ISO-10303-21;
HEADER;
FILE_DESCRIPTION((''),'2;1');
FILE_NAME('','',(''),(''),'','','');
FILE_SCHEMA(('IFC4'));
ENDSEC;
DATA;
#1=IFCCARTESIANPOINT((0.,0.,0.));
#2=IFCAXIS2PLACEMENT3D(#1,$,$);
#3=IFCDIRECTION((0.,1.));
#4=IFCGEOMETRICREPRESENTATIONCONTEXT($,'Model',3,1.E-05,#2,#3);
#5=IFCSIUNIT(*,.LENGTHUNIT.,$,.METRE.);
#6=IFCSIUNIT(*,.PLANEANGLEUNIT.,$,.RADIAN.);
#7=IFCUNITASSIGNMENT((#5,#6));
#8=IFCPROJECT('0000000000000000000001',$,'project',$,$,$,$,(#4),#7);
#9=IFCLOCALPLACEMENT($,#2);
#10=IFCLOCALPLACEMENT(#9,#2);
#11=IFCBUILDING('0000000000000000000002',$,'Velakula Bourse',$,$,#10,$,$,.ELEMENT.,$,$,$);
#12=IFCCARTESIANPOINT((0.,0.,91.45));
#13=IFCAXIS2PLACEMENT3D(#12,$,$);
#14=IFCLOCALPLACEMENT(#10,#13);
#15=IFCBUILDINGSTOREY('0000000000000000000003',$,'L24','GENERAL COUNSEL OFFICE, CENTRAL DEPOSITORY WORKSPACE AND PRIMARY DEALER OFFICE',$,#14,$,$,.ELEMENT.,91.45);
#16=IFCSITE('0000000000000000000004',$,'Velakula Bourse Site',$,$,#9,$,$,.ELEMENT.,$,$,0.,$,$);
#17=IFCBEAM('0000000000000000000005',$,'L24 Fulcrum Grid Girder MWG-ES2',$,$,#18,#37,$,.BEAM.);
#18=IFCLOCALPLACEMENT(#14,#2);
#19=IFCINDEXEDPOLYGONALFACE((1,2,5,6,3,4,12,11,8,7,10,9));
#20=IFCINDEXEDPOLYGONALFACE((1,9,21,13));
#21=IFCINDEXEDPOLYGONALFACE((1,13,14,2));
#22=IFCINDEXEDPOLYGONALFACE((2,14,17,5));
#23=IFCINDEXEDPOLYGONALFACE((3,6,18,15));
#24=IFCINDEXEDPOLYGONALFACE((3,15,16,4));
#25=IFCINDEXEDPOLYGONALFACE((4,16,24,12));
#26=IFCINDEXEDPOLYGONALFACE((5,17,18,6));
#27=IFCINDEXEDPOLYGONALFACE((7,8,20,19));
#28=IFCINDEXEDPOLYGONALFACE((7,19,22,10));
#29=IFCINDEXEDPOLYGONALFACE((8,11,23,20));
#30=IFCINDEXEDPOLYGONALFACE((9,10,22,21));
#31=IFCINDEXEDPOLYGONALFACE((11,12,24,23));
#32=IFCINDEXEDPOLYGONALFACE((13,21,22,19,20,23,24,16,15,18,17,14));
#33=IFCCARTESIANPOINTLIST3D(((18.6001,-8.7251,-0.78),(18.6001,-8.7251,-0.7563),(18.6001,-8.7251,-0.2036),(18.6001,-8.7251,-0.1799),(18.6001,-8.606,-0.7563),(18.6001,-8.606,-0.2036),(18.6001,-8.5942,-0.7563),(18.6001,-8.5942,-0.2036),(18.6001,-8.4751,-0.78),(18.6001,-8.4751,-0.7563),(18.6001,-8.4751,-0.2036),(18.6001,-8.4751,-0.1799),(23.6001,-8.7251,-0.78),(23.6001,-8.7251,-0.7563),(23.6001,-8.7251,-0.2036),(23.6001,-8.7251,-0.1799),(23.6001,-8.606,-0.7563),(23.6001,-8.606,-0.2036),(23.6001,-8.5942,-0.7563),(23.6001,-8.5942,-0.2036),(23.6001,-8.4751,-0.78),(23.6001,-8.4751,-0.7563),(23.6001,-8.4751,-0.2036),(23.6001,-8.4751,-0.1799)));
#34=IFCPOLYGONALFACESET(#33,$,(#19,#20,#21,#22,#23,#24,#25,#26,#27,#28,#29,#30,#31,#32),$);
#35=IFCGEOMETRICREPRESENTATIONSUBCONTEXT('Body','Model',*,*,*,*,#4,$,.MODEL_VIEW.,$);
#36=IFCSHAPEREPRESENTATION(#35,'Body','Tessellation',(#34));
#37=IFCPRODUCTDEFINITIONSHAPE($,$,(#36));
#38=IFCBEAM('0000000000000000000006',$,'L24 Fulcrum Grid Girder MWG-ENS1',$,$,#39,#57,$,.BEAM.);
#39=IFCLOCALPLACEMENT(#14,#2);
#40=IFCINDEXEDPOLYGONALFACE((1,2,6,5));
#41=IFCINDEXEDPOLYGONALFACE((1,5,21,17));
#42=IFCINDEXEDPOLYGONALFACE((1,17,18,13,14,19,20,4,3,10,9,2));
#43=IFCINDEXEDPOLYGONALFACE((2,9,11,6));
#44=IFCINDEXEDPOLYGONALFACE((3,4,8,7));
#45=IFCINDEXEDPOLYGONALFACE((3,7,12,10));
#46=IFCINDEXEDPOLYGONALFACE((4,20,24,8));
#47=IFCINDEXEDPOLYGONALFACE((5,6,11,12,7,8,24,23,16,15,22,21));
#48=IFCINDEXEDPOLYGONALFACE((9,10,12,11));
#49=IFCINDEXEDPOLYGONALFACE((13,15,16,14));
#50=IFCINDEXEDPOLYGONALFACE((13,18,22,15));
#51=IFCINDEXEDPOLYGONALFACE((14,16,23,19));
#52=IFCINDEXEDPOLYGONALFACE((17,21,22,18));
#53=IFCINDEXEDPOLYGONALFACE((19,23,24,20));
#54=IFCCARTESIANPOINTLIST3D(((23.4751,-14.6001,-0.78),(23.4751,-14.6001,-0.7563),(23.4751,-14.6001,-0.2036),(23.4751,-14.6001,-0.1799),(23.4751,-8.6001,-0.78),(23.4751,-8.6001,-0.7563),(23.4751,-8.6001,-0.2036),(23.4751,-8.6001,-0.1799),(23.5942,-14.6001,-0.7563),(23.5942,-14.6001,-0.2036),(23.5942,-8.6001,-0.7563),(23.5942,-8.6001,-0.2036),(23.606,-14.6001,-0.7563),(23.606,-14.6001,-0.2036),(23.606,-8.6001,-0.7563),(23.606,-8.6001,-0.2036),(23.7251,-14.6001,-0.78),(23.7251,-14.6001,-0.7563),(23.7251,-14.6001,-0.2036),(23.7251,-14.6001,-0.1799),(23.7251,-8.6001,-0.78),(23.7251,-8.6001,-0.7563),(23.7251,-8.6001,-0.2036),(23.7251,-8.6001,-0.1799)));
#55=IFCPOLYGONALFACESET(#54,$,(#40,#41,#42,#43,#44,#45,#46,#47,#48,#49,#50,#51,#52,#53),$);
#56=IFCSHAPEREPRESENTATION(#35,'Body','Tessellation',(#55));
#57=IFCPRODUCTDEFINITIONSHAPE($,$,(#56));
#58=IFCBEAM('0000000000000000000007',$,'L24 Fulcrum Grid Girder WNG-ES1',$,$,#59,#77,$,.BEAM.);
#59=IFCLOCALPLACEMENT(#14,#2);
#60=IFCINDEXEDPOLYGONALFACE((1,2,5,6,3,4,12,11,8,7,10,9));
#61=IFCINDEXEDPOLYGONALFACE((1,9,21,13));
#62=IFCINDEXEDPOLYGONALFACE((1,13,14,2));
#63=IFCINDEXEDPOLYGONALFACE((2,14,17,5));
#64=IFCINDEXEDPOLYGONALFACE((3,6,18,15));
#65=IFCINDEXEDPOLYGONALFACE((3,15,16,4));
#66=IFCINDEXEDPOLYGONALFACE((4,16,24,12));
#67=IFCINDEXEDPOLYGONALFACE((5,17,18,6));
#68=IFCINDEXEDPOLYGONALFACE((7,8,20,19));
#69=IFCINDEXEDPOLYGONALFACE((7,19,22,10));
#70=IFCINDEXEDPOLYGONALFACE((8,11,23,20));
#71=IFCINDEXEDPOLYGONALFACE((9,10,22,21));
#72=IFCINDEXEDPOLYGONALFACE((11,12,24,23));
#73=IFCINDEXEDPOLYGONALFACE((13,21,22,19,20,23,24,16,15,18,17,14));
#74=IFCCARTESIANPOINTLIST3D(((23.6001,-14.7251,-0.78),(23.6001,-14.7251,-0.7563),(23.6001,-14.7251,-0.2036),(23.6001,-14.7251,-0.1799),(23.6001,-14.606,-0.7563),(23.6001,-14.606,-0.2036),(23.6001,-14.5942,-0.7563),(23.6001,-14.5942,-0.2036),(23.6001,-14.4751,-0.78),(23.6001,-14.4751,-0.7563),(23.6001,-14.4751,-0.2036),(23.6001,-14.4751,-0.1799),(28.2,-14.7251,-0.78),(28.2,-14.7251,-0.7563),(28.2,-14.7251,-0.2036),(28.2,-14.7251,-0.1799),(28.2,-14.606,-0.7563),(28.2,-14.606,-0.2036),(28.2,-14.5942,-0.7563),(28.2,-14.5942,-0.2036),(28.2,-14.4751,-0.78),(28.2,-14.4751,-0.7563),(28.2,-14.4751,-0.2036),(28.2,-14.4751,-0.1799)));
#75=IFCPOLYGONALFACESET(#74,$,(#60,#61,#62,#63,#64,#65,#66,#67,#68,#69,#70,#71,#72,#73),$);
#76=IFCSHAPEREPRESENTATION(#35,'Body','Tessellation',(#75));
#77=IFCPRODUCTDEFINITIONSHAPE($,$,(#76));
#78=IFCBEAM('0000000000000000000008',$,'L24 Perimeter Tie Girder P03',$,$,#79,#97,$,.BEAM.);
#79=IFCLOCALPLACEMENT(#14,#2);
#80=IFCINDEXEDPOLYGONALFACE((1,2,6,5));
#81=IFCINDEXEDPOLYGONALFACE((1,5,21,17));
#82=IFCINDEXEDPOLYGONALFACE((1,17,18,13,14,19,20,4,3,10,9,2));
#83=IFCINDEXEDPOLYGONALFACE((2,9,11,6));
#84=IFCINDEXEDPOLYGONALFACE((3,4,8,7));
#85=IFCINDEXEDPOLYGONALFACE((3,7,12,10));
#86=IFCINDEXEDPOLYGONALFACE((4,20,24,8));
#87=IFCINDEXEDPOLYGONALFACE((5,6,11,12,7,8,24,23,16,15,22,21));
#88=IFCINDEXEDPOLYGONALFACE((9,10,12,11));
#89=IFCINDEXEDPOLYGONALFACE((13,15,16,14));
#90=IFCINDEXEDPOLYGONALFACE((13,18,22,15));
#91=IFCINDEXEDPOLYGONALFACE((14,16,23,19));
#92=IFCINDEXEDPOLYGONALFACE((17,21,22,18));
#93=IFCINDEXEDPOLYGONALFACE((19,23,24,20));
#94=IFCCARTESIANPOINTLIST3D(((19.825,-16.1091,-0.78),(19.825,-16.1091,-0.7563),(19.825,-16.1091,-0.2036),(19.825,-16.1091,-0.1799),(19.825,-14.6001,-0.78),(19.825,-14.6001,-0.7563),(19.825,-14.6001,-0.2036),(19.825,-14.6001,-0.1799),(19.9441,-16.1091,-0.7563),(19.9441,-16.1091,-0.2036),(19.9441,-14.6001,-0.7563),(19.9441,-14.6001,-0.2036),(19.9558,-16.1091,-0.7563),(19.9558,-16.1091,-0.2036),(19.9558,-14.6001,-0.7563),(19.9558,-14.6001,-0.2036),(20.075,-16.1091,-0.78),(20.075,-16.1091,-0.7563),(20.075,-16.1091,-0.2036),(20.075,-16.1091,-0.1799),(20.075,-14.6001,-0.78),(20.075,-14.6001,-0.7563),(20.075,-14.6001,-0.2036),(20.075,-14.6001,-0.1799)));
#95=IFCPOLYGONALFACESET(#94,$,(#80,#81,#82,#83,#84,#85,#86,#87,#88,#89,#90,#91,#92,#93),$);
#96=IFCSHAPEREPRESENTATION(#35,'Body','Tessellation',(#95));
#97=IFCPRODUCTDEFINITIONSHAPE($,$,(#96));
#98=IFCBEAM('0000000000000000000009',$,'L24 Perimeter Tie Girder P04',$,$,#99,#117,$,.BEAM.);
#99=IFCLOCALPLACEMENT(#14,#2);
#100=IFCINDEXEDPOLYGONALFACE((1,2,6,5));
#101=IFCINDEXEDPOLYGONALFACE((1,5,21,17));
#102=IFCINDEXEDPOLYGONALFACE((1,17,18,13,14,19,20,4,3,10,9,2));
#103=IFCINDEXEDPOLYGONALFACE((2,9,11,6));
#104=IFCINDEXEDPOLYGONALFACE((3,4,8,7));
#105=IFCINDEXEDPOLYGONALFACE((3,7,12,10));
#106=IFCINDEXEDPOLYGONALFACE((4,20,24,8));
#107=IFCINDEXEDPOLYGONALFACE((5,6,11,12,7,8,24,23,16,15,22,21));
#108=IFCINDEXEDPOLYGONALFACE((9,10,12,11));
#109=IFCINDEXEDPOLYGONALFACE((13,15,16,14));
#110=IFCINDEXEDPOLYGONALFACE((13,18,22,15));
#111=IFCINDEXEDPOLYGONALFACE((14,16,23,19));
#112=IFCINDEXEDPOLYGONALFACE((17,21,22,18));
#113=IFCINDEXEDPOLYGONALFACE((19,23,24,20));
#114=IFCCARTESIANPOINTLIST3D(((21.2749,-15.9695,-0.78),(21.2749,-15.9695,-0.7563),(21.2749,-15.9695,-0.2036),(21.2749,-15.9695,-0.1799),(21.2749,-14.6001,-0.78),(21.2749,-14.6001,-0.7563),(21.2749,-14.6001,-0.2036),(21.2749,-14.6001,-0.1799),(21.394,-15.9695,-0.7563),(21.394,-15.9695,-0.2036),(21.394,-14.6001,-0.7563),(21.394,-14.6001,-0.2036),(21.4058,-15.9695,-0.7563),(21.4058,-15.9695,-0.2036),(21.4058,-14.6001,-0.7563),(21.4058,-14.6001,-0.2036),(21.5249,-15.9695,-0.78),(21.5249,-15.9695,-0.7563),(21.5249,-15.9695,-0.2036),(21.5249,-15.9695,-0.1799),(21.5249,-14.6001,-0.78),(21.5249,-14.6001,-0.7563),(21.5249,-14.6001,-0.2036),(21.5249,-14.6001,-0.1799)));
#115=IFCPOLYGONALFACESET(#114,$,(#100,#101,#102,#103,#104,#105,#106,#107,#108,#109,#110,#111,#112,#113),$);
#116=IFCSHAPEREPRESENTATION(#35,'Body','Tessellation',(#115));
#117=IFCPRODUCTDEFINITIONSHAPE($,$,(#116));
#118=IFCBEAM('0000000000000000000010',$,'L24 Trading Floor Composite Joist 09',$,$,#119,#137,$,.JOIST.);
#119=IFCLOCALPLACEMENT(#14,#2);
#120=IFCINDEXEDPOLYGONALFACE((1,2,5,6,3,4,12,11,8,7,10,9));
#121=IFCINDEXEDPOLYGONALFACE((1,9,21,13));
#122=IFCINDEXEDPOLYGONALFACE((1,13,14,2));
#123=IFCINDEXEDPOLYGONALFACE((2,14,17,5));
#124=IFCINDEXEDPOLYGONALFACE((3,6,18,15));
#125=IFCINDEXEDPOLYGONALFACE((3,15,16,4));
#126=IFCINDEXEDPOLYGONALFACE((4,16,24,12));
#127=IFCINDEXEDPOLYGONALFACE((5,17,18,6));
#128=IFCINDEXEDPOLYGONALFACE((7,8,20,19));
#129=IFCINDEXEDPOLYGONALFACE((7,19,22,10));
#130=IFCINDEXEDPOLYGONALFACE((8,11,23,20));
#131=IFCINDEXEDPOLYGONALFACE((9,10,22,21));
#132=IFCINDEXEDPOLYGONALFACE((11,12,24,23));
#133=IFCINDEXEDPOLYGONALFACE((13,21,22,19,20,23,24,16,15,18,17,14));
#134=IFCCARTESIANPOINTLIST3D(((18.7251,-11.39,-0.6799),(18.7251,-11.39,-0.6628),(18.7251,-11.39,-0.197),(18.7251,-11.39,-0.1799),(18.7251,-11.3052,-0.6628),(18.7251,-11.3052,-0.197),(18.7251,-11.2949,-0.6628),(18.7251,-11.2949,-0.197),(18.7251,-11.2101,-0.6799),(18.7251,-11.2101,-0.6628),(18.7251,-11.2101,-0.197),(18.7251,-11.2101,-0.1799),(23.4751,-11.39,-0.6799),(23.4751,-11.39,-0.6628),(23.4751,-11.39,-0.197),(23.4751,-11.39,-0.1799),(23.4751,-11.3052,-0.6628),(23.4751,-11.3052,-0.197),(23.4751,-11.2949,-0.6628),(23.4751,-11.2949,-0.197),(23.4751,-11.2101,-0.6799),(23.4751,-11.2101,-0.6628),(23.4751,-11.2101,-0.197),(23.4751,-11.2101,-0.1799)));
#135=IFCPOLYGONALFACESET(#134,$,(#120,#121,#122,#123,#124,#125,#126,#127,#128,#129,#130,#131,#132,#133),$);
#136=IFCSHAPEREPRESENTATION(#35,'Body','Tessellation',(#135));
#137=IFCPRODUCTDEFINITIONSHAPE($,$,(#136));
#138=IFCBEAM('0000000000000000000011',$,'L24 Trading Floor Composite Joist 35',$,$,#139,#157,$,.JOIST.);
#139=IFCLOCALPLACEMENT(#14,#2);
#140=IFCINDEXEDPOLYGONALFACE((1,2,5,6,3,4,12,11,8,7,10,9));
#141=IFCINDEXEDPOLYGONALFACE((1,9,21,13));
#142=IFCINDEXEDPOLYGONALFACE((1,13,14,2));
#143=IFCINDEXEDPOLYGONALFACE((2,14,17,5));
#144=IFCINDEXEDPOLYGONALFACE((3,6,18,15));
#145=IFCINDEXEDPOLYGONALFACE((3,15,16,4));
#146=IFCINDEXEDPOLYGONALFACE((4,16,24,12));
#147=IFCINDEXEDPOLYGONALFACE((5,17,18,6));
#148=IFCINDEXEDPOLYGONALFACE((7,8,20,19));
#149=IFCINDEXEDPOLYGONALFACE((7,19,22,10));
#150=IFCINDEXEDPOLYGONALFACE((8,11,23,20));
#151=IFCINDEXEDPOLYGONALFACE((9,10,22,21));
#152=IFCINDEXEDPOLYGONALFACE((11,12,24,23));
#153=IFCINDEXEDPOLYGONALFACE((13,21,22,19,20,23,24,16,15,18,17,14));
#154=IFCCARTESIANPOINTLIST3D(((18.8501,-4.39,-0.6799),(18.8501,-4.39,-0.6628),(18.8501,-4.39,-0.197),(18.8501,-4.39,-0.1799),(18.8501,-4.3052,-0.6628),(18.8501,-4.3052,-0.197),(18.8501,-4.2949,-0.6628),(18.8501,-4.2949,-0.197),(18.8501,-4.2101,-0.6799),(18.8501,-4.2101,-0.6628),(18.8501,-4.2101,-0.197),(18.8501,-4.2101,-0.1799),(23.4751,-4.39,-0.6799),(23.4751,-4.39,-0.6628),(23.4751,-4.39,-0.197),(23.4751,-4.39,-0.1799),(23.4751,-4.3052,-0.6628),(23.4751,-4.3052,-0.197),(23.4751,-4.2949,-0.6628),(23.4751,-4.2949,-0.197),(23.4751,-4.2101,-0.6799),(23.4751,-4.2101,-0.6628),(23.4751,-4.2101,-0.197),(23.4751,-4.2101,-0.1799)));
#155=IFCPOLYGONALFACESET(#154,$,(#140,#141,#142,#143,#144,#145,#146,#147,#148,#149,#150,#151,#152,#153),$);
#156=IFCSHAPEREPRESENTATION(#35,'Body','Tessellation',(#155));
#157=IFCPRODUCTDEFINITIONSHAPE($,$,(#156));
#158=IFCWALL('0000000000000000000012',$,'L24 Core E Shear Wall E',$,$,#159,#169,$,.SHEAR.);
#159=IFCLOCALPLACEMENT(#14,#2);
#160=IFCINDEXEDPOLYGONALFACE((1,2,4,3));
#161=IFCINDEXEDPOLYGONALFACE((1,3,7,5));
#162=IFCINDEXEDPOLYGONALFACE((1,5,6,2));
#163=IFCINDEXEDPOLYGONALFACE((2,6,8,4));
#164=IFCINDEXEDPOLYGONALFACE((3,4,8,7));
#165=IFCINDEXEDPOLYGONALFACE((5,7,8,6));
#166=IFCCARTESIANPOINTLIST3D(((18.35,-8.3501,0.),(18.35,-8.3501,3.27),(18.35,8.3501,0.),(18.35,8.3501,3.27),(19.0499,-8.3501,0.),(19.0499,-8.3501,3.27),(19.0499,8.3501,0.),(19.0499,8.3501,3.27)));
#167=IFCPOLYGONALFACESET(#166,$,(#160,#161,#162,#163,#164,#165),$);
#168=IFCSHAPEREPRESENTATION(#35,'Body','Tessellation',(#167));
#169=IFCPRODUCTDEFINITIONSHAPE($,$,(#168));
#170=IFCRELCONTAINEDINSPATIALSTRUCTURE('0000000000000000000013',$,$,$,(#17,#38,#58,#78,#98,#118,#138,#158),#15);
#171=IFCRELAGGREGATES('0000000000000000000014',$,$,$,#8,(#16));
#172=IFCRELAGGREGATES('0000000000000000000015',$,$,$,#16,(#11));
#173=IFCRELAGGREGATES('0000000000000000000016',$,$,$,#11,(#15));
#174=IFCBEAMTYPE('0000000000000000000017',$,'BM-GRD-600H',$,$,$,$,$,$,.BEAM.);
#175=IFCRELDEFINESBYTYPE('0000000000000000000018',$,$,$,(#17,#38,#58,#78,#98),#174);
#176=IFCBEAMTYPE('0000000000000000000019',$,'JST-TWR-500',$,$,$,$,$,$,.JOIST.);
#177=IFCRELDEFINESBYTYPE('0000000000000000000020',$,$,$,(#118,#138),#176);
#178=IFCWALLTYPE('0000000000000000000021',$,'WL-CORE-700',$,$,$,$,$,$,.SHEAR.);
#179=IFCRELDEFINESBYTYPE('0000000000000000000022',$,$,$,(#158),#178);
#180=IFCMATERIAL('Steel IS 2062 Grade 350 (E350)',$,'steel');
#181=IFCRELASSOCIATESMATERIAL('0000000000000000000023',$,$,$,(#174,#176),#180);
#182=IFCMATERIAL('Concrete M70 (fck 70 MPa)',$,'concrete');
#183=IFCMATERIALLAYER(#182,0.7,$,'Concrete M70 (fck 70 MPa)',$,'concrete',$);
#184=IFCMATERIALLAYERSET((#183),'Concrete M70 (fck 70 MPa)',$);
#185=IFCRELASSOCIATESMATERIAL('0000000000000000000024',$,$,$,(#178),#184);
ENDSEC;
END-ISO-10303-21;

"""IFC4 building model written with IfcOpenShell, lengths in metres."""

from ifc_helpers import new_model, si_unit, direction, frame, frame_2d, origin, origin_2d, place, context, subcontext, project, spatial, rectangle, i_section, extrude, material, layer, layer_set, material_profile, profile_set, type_object, element, save


model = new_model("IFC4")

# Units and contexts
model_context = context("Model", 3, precision=1e-05, world=origin(), true_north=direction((0.0, 1.0)))
body_context = subcontext(model_context, "Body", "Model", "MODEL_VIEW")
ifc_project = project(units=[si_unit("LENGTHUNIT", "METRE"), si_unit("PLANEANGLEUNIT", "RADIAN")], contexts=[model_context])

# Site, building, storey
site_placement = place(None, origin())
site = spatial("IfcSite", under=ifc_project, at=site_placement, Name="Velakula Bourse Site", CompositionType="ELEMENT", RefElevation=0.0)
building_placement = place(site_placement, origin())
building = spatial("IfcBuilding", under=site, at=building_placement, Name="Velakula Bourse", CompositionType="ELEMENT")
storey_placement = place(building_placement, frame((0.0, 0.0, 91.45)))
storey = spatial("IfcBuildingStorey", under=building, at=storey_placement, Name="L24", Description="GENERAL COUNSEL OFFICE, CENTRAL DEPOSITORY WORKSPACE AND PRIMARY DEALER OFFICE", CompositionType="ELEMENT", Elevation=91.45)

# Shared definitions
ifc_material_1 = material(Name="Concrete M70 (fck 70 MPa)", Category="concrete")

# Beams
ifc_material_2 = material(Name="Steel IS 2062 Grade 350 (E350)", Category="steel")
ifc_material_profile_1 = material_profile(ifc_material_2, i_section(OverallWidth=0.25, OverallDepth=0.6001, WebThickness=0.0117, FlangeThickness=0.0237, at=origin_2d()), Name="Steel IS 2062 Grade 350 (E350)")
ifc_profile_set_1 = profile_set([ifc_material_profile_1], Name="Steel IS 2062 Grade 350 (E350)")
beam_type_1 = type_object("IfcBeamType", Name="BM-GRD-600H", PredefinedType="BEAM", material=ifc_profile_set_1)
beam_1_placement = place(storey_placement, frame((18.6001, -8.6001, -0.48), z_axis=(1.0, 0.0, 0.0), x_axis=(0.0, 1.0, 0.0)))
element("IfcBeam", 1, at=beam_1_placement, inside=storey, type_object=beam_type_1, Name="L24 Fulcrum Grid Girder MWG-ES2", PredefinedType="BEAM", context=body_context, shape_type="SweptSolid", body=[
    extrude(i_section(OverallWidth=0.25, OverallDepth=0.6001, WebThickness=0.0117, FlangeThickness=0.0237, at=origin_2d()), origin(), (0.0, 0.0, 1.0), 5.0),
])
beam_2_placement = place(storey_placement, frame((23.6001, -14.6001, -0.48), z_axis=(0.0, 1.0, 0.0), x_axis=(-1.0, 0.0, 0.0)))
element("IfcBeam", 2, at=beam_2_placement, inside=storey, type_object=beam_type_1, Name="L24 Fulcrum Grid Girder MWG-ENS1", PredefinedType="BEAM", context=body_context, shape_type="SweptSolid", body=[
    extrude(i_section(OverallWidth=0.25, OverallDepth=0.6001, WebThickness=0.0117, FlangeThickness=0.0237, at=origin_2d()), origin(), (0.0, 0.0, 1.0), 6.0),
])
beam_3_placement = place(storey_placement, frame((23.6001, -14.6001, -0.48), z_axis=(1.0, 0.0, 0.0), x_axis=(0.0, 1.0, 0.0)))
element("IfcBeam", 3, at=beam_3_placement, inside=storey, type_object=beam_type_1, Name="L24 Fulcrum Grid Girder WNG-ES1", PredefinedType="BEAM", context=body_context, shape_type="SweptSolid", body=[
    extrude(i_section(OverallWidth=0.25, OverallDepth=0.6001, WebThickness=0.0117, FlangeThickness=0.0237, at=origin_2d()), origin(), (0.0, 0.0, 1.0), 4.5999),
])
beam_4_placement = place(storey_placement, frame((19.95, -14.6001, -0.48), z_axis=(0.0, -1.0, 0.0), x_axis=(1.0, 0.0, 0.0)))
element("IfcBeam", 4, at=beam_4_placement, inside=storey, type_object=beam_type_1, Name="L24 Perimeter Tie Girder P03", PredefinedType="BEAM", context=body_context, shape_type="SweptSolid", body=[
    extrude(i_section(OverallWidth=0.25, OverallDepth=0.6001, WebThickness=0.0117, FlangeThickness=0.0237, at=origin_2d()), origin(), (0.0, 0.0, 1.0), 1.509),
])
beam_5_placement = place(storey_placement, frame((21.3999, -14.6001, -0.48), z_axis=(0.0, -1.0, 0.0), x_axis=(1.0, 0.0, 0.0)))
element("IfcBeam", 5, at=beam_5_placement, inside=storey, type_object=beam_type_1, Name="L24 Perimeter Tie Girder P04", PredefinedType="BEAM", context=body_context, shape_type="SweptSolid", body=[
    extrude(i_section(OverallWidth=0.25, OverallDepth=0.6001, WebThickness=0.0117, FlangeThickness=0.0237, at=origin_2d()), origin(), (0.0, 0.0, 1.0), 1.3694),
])
ifc_material_profile_2 = material_profile(ifc_material_2, i_section(OverallWidth=0.1799, OverallDepth=0.5, WebThickness=0.0103, FlangeThickness=0.0171, at=origin_2d()), Name="Steel IS 2062 Grade 350 (E350)")
ifc_profile_set_2 = profile_set([ifc_material_profile_2], Name="Steel IS 2062 Grade 350 (E350)")
beam_type_2 = type_object("IfcBeamType", Name="JST-TWR-500", PredefinedType="JOIST", material=ifc_profile_set_2)
beam_6_placement = place(storey_placement, frame((18.7251, -11.3, -0.4299), z_axis=(1.0, 0.0, 0.0), x_axis=(0.0, 1.0, 0.0)))
element("IfcBeam", 6, at=beam_6_placement, inside=storey, type_object=beam_type_2, Name="L24 Trading Floor Composite Joist 09", PredefinedType="JOIST", context=body_context, shape_type="SweptSolid", body=[
    extrude(i_section(OverallWidth=0.1799, OverallDepth=0.5, WebThickness=0.0103, FlangeThickness=0.0171, at=origin_2d()), origin(), (0.0, 0.0, 1.0), 4.75),
])
beam_7_placement = place(storey_placement, frame((18.8501, -4.3, -0.4299), z_axis=(1.0, 0.0, 0.0), x_axis=(0.0, 1.0, 0.0)))
element("IfcBeam", 7, at=beam_7_placement, inside=storey, type_object=beam_type_2, Name="L24 Trading Floor Composite Joist 35", PredefinedType="JOIST", context=body_context, shape_type="SweptSolid", body=[
    extrude(i_section(OverallWidth=0.1799, OverallDepth=0.5, WebThickness=0.0103, FlangeThickness=0.0171, at=origin_2d()), origin(), (0.0, 0.0, 1.0), 4.625),
])

# Wall
ifc_layer_1 = layer(ifc_material_1, 0.7, Name="Concrete M70 (fck 70 MPa)", Category="concrete")
ifc_layer_set_1 = layer_set([ifc_layer_1], Name="Concrete M70 (fck 70 MPa)")
wall_type_1 = type_object("IfcWallType", Name="WL-CORE-700", PredefinedType="SHEAR", material=ifc_layer_set_1)
wall_1_placement = place(storey_placement, frame((18.7, -8.3501, 0.0), z_axis=(0.0, 0.0, 1.0), x_axis=(0.0, 1.0, 0.0)))
element("IfcWall", 8, at=wall_1_placement, inside=storey, type_object=wall_type_1, Name="L24 Core E Shear Wall E", PredefinedType="SHEAR", context=body_context, shape_type="SweptSolid", body=[
    extrude(rectangle(XDim=16.7002, YDim=0.7, at=frame_2d((8.3501, 0.0))), origin(), (0.0, 0.0, 1.0), 3.27),
])

save(model, "model.ifc")
